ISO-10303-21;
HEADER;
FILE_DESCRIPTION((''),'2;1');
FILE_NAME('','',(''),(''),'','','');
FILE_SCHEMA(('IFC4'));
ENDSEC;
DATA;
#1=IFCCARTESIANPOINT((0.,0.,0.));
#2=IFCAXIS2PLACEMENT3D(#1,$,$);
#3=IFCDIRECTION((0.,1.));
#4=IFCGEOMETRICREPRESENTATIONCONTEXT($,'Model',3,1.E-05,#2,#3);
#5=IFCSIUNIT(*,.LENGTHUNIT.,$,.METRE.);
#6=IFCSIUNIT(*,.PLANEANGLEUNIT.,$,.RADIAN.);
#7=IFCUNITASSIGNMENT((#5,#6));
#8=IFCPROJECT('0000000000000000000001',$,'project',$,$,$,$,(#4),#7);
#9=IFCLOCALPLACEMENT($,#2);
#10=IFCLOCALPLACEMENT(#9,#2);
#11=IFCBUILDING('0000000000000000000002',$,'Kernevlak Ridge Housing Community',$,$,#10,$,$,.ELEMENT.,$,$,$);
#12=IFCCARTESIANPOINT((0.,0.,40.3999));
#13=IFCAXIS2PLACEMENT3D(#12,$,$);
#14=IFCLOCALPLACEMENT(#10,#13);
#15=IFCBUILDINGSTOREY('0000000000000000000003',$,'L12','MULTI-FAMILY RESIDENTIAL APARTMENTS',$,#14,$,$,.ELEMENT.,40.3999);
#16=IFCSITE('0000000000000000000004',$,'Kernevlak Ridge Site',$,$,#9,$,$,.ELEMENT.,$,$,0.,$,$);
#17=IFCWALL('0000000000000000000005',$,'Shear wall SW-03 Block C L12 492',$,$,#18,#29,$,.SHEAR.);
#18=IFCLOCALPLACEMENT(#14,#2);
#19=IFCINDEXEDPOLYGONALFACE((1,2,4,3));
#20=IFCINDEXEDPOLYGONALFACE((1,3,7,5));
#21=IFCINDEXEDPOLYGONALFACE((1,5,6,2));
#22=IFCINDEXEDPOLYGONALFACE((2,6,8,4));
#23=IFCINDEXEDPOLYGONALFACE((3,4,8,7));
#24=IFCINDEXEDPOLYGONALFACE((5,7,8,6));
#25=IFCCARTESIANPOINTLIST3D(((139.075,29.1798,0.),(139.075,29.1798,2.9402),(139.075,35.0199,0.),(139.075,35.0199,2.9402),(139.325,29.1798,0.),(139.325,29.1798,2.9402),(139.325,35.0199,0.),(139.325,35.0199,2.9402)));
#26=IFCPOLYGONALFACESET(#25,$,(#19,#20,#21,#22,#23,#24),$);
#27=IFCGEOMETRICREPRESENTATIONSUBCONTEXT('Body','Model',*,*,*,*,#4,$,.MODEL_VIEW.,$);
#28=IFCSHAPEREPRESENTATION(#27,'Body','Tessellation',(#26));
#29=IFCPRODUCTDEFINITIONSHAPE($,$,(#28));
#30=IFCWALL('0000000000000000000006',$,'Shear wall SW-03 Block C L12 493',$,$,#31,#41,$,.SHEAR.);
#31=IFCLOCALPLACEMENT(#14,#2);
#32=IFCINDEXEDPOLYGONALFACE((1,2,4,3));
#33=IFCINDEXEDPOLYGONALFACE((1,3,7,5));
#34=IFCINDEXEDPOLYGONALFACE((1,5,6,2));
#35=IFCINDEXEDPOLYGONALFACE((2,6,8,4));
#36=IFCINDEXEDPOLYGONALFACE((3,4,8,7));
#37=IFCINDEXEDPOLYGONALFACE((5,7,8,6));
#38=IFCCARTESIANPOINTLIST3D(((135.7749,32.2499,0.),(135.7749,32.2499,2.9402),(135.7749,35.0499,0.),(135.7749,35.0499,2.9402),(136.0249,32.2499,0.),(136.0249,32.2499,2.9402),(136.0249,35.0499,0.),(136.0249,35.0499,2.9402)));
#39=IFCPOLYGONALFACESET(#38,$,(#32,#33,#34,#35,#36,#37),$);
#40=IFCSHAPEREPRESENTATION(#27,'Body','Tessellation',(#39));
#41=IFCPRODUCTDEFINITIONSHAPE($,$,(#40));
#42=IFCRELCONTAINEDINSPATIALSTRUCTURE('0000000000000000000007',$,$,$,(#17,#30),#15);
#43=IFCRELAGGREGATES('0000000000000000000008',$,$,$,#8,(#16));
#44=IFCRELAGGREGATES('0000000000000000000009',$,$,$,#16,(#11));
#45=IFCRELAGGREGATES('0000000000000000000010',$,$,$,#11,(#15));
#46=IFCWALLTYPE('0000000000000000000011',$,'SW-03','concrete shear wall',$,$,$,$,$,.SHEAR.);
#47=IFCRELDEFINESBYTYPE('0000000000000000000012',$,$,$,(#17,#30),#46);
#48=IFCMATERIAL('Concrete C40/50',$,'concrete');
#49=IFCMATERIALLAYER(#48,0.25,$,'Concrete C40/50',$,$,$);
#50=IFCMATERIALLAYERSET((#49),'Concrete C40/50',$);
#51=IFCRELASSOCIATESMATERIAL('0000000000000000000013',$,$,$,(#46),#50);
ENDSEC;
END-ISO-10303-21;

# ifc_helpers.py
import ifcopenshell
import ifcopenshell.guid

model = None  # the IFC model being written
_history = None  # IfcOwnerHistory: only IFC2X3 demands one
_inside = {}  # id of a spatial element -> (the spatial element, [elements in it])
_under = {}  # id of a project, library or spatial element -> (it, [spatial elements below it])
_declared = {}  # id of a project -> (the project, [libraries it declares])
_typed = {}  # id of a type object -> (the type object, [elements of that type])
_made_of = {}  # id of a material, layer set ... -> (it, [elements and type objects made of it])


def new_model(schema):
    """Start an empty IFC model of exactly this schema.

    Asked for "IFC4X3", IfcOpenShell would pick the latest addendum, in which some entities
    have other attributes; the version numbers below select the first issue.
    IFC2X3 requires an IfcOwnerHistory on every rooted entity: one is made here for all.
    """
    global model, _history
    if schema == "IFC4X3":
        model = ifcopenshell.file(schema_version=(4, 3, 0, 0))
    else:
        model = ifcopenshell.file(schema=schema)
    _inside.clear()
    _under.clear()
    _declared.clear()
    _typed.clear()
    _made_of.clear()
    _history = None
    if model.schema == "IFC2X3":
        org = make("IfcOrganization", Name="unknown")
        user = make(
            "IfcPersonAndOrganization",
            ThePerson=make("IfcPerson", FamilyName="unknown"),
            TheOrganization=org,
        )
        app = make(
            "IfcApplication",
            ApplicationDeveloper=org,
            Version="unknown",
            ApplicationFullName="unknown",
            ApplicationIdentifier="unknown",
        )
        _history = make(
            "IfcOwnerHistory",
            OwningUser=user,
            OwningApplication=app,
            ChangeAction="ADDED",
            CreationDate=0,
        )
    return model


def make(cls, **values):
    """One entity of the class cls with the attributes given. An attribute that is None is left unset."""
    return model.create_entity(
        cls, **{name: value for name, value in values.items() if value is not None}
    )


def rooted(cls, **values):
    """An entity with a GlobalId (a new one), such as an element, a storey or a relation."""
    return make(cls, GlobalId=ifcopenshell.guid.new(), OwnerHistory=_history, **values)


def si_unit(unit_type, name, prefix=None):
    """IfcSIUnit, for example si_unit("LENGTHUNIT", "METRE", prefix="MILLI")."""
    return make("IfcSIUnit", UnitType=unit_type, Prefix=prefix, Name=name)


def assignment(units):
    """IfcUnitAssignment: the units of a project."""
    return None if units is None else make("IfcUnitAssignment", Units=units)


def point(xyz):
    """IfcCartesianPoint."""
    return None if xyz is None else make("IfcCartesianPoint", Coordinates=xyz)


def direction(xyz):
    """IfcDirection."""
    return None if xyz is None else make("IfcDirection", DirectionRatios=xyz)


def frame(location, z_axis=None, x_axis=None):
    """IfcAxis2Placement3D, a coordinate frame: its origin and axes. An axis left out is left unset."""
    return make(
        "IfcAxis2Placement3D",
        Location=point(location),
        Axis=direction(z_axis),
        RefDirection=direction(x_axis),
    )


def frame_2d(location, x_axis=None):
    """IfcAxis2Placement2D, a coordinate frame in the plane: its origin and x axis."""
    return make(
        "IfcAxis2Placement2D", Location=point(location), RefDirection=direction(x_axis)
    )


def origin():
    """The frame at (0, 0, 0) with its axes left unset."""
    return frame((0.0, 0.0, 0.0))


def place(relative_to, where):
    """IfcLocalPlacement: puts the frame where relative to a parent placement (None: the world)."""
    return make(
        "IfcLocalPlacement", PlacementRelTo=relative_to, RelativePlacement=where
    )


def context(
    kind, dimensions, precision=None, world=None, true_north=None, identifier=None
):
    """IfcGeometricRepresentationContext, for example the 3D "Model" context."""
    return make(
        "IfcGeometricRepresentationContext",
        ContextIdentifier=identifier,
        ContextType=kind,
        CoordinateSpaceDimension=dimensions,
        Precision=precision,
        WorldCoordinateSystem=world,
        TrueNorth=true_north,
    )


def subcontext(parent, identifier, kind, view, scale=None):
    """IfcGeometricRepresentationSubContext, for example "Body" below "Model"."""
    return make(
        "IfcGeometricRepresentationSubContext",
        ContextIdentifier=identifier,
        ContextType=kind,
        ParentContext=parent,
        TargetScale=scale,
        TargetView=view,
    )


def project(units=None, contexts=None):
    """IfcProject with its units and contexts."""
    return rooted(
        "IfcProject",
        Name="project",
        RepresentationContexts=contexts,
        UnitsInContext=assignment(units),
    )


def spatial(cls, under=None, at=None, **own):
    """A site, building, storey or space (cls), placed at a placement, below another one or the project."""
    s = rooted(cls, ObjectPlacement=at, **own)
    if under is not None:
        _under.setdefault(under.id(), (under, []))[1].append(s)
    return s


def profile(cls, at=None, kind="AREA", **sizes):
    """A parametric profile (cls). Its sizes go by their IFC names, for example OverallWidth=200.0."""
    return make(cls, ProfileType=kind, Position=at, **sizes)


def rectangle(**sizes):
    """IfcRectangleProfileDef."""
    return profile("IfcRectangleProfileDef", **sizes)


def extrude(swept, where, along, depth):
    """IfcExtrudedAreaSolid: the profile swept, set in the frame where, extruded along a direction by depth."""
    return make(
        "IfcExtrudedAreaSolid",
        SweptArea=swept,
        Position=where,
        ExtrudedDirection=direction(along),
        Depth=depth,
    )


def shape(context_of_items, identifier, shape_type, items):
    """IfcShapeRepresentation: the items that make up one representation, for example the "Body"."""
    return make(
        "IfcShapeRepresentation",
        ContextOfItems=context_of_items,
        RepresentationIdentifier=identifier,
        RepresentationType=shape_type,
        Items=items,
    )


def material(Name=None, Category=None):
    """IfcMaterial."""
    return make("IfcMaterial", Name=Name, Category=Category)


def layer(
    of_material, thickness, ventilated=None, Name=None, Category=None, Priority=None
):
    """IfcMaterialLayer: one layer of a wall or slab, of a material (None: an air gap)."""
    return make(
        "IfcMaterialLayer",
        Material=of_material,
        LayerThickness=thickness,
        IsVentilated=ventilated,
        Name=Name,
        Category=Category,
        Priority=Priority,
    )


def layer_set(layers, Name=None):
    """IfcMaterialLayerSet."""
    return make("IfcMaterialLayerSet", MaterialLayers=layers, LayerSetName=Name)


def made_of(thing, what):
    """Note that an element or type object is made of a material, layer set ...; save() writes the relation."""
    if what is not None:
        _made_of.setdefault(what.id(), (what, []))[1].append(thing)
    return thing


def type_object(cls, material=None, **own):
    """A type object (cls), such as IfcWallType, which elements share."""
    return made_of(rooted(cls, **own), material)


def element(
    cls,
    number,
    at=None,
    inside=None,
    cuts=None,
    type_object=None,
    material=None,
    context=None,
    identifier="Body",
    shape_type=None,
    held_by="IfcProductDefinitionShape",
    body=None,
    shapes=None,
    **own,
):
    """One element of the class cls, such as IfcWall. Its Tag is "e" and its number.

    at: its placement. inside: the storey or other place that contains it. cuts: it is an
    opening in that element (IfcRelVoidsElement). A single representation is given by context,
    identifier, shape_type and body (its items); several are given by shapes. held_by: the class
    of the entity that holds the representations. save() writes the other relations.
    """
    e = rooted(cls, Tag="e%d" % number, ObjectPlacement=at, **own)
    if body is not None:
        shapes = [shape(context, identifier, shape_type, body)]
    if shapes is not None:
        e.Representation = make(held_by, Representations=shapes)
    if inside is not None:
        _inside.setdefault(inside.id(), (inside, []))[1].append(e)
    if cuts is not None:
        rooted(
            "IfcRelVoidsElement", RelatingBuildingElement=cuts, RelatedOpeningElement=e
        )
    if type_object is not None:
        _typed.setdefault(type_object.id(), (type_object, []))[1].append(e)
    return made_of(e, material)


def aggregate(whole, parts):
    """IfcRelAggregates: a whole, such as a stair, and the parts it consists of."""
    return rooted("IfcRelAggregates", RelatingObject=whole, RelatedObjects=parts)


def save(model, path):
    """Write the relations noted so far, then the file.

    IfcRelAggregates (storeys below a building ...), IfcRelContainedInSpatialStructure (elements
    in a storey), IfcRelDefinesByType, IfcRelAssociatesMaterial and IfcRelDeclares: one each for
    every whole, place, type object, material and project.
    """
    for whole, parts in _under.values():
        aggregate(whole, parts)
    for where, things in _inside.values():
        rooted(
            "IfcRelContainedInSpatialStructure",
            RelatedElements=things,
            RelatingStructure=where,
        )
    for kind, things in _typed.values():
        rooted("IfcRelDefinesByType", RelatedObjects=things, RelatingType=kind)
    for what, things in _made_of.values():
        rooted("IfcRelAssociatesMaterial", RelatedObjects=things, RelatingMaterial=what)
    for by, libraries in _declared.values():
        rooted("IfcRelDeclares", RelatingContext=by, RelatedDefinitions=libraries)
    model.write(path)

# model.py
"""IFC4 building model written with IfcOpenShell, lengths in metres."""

from ifc_helpers import new_model, si_unit, direction, frame, frame_2d, origin, place, context, subcontext, project, spatial, rectangle, extrude, material, layer, layer_set, type_object, element, save


model = new_model("IFC4")

# Units and contexts
model_context = context("Model", 3, precision=1e-05, world=origin(), true_north=direction((0.0, 1.0)))
body_context = subcontext(model_context, "Body", "Model", "MODEL_VIEW")
ifc_project = project(units=[si_unit("LENGTHUNIT", "METRE"), si_unit("PLANEANGLEUNIT", "RADIAN")], contexts=[model_context])

# Site, building, storey
site_placement = place(None, origin())
site = spatial("IfcSite", under=ifc_project, at=site_placement, Name="Kernevlak Ridge Site", CompositionType="ELEMENT", RefElevation=0.0)
building_placement = place(site_placement, origin())
building = spatial("IfcBuilding", under=site, at=building_placement, Name="Kernevlak Ridge Housing Community", CompositionType="ELEMENT")
storey_placement = place(building_placement, frame((0.0, 0.0, 40.3999)))
storey = spatial("IfcBuildingStorey", under=building, at=storey_placement, Name="L12", Description="MULTI-FAMILY RESIDENTIAL APARTMENTS", CompositionType="ELEMENT", Elevation=40.3999)

# Walls
ifc_material_1 = material(Name="Concrete C40/50", Category="concrete")
ifc_layer_1 = layer(ifc_material_1, 0.25, Name="Concrete C40/50")
ifc_layer_set_1 = layer_set([ifc_layer_1], Name="Concrete C40/50")
wall_type_1 = type_object("IfcWallType", Name="SW-03", Description="concrete shear wall", PredefinedType="SHEAR", material=ifc_layer_set_1)
wall_1_placement = place(storey_placement, frame((139.2, 29.1799, 0.0), z_axis=(0.0, 0.0, 1.0), x_axis=(0.0, 1.0, 0.0)))
element("IfcWall", 1, at=wall_1_placement, inside=storey, type_object=wall_type_1, Name="Shear wall SW-03 Block C L12 492", PredefinedType="SHEAR", context=body_context, shape_type="SweptSolid", body=[
    extrude(rectangle(XDim=5.8401, YDim=0.25, at=frame_2d((2.9199, 0.0))), origin(), (0.0, 0.0, 1.0), 2.9402),
])
wall_2_placement = place(storey_placement, frame((135.8999, 32.25, 0.0), z_axis=(0.0, 0.0, 1.0), x_axis=(0.0, 1.0, 0.0)))
element("IfcWall", 2, at=wall_2_placement, inside=storey, type_object=wall_type_1, Name="Shear wall SW-03 Block C L12 493", PredefinedType="SHEAR", context=body_context, shape_type="SweptSolid", body=[
    extrude(rectangle(XDim=2.8, YDim=0.25, at=frame_2d((1.3999, 0.0))), origin(), (0.0, 0.0, 1.0), 2.9402),
])

save(model, "model.ifc")
